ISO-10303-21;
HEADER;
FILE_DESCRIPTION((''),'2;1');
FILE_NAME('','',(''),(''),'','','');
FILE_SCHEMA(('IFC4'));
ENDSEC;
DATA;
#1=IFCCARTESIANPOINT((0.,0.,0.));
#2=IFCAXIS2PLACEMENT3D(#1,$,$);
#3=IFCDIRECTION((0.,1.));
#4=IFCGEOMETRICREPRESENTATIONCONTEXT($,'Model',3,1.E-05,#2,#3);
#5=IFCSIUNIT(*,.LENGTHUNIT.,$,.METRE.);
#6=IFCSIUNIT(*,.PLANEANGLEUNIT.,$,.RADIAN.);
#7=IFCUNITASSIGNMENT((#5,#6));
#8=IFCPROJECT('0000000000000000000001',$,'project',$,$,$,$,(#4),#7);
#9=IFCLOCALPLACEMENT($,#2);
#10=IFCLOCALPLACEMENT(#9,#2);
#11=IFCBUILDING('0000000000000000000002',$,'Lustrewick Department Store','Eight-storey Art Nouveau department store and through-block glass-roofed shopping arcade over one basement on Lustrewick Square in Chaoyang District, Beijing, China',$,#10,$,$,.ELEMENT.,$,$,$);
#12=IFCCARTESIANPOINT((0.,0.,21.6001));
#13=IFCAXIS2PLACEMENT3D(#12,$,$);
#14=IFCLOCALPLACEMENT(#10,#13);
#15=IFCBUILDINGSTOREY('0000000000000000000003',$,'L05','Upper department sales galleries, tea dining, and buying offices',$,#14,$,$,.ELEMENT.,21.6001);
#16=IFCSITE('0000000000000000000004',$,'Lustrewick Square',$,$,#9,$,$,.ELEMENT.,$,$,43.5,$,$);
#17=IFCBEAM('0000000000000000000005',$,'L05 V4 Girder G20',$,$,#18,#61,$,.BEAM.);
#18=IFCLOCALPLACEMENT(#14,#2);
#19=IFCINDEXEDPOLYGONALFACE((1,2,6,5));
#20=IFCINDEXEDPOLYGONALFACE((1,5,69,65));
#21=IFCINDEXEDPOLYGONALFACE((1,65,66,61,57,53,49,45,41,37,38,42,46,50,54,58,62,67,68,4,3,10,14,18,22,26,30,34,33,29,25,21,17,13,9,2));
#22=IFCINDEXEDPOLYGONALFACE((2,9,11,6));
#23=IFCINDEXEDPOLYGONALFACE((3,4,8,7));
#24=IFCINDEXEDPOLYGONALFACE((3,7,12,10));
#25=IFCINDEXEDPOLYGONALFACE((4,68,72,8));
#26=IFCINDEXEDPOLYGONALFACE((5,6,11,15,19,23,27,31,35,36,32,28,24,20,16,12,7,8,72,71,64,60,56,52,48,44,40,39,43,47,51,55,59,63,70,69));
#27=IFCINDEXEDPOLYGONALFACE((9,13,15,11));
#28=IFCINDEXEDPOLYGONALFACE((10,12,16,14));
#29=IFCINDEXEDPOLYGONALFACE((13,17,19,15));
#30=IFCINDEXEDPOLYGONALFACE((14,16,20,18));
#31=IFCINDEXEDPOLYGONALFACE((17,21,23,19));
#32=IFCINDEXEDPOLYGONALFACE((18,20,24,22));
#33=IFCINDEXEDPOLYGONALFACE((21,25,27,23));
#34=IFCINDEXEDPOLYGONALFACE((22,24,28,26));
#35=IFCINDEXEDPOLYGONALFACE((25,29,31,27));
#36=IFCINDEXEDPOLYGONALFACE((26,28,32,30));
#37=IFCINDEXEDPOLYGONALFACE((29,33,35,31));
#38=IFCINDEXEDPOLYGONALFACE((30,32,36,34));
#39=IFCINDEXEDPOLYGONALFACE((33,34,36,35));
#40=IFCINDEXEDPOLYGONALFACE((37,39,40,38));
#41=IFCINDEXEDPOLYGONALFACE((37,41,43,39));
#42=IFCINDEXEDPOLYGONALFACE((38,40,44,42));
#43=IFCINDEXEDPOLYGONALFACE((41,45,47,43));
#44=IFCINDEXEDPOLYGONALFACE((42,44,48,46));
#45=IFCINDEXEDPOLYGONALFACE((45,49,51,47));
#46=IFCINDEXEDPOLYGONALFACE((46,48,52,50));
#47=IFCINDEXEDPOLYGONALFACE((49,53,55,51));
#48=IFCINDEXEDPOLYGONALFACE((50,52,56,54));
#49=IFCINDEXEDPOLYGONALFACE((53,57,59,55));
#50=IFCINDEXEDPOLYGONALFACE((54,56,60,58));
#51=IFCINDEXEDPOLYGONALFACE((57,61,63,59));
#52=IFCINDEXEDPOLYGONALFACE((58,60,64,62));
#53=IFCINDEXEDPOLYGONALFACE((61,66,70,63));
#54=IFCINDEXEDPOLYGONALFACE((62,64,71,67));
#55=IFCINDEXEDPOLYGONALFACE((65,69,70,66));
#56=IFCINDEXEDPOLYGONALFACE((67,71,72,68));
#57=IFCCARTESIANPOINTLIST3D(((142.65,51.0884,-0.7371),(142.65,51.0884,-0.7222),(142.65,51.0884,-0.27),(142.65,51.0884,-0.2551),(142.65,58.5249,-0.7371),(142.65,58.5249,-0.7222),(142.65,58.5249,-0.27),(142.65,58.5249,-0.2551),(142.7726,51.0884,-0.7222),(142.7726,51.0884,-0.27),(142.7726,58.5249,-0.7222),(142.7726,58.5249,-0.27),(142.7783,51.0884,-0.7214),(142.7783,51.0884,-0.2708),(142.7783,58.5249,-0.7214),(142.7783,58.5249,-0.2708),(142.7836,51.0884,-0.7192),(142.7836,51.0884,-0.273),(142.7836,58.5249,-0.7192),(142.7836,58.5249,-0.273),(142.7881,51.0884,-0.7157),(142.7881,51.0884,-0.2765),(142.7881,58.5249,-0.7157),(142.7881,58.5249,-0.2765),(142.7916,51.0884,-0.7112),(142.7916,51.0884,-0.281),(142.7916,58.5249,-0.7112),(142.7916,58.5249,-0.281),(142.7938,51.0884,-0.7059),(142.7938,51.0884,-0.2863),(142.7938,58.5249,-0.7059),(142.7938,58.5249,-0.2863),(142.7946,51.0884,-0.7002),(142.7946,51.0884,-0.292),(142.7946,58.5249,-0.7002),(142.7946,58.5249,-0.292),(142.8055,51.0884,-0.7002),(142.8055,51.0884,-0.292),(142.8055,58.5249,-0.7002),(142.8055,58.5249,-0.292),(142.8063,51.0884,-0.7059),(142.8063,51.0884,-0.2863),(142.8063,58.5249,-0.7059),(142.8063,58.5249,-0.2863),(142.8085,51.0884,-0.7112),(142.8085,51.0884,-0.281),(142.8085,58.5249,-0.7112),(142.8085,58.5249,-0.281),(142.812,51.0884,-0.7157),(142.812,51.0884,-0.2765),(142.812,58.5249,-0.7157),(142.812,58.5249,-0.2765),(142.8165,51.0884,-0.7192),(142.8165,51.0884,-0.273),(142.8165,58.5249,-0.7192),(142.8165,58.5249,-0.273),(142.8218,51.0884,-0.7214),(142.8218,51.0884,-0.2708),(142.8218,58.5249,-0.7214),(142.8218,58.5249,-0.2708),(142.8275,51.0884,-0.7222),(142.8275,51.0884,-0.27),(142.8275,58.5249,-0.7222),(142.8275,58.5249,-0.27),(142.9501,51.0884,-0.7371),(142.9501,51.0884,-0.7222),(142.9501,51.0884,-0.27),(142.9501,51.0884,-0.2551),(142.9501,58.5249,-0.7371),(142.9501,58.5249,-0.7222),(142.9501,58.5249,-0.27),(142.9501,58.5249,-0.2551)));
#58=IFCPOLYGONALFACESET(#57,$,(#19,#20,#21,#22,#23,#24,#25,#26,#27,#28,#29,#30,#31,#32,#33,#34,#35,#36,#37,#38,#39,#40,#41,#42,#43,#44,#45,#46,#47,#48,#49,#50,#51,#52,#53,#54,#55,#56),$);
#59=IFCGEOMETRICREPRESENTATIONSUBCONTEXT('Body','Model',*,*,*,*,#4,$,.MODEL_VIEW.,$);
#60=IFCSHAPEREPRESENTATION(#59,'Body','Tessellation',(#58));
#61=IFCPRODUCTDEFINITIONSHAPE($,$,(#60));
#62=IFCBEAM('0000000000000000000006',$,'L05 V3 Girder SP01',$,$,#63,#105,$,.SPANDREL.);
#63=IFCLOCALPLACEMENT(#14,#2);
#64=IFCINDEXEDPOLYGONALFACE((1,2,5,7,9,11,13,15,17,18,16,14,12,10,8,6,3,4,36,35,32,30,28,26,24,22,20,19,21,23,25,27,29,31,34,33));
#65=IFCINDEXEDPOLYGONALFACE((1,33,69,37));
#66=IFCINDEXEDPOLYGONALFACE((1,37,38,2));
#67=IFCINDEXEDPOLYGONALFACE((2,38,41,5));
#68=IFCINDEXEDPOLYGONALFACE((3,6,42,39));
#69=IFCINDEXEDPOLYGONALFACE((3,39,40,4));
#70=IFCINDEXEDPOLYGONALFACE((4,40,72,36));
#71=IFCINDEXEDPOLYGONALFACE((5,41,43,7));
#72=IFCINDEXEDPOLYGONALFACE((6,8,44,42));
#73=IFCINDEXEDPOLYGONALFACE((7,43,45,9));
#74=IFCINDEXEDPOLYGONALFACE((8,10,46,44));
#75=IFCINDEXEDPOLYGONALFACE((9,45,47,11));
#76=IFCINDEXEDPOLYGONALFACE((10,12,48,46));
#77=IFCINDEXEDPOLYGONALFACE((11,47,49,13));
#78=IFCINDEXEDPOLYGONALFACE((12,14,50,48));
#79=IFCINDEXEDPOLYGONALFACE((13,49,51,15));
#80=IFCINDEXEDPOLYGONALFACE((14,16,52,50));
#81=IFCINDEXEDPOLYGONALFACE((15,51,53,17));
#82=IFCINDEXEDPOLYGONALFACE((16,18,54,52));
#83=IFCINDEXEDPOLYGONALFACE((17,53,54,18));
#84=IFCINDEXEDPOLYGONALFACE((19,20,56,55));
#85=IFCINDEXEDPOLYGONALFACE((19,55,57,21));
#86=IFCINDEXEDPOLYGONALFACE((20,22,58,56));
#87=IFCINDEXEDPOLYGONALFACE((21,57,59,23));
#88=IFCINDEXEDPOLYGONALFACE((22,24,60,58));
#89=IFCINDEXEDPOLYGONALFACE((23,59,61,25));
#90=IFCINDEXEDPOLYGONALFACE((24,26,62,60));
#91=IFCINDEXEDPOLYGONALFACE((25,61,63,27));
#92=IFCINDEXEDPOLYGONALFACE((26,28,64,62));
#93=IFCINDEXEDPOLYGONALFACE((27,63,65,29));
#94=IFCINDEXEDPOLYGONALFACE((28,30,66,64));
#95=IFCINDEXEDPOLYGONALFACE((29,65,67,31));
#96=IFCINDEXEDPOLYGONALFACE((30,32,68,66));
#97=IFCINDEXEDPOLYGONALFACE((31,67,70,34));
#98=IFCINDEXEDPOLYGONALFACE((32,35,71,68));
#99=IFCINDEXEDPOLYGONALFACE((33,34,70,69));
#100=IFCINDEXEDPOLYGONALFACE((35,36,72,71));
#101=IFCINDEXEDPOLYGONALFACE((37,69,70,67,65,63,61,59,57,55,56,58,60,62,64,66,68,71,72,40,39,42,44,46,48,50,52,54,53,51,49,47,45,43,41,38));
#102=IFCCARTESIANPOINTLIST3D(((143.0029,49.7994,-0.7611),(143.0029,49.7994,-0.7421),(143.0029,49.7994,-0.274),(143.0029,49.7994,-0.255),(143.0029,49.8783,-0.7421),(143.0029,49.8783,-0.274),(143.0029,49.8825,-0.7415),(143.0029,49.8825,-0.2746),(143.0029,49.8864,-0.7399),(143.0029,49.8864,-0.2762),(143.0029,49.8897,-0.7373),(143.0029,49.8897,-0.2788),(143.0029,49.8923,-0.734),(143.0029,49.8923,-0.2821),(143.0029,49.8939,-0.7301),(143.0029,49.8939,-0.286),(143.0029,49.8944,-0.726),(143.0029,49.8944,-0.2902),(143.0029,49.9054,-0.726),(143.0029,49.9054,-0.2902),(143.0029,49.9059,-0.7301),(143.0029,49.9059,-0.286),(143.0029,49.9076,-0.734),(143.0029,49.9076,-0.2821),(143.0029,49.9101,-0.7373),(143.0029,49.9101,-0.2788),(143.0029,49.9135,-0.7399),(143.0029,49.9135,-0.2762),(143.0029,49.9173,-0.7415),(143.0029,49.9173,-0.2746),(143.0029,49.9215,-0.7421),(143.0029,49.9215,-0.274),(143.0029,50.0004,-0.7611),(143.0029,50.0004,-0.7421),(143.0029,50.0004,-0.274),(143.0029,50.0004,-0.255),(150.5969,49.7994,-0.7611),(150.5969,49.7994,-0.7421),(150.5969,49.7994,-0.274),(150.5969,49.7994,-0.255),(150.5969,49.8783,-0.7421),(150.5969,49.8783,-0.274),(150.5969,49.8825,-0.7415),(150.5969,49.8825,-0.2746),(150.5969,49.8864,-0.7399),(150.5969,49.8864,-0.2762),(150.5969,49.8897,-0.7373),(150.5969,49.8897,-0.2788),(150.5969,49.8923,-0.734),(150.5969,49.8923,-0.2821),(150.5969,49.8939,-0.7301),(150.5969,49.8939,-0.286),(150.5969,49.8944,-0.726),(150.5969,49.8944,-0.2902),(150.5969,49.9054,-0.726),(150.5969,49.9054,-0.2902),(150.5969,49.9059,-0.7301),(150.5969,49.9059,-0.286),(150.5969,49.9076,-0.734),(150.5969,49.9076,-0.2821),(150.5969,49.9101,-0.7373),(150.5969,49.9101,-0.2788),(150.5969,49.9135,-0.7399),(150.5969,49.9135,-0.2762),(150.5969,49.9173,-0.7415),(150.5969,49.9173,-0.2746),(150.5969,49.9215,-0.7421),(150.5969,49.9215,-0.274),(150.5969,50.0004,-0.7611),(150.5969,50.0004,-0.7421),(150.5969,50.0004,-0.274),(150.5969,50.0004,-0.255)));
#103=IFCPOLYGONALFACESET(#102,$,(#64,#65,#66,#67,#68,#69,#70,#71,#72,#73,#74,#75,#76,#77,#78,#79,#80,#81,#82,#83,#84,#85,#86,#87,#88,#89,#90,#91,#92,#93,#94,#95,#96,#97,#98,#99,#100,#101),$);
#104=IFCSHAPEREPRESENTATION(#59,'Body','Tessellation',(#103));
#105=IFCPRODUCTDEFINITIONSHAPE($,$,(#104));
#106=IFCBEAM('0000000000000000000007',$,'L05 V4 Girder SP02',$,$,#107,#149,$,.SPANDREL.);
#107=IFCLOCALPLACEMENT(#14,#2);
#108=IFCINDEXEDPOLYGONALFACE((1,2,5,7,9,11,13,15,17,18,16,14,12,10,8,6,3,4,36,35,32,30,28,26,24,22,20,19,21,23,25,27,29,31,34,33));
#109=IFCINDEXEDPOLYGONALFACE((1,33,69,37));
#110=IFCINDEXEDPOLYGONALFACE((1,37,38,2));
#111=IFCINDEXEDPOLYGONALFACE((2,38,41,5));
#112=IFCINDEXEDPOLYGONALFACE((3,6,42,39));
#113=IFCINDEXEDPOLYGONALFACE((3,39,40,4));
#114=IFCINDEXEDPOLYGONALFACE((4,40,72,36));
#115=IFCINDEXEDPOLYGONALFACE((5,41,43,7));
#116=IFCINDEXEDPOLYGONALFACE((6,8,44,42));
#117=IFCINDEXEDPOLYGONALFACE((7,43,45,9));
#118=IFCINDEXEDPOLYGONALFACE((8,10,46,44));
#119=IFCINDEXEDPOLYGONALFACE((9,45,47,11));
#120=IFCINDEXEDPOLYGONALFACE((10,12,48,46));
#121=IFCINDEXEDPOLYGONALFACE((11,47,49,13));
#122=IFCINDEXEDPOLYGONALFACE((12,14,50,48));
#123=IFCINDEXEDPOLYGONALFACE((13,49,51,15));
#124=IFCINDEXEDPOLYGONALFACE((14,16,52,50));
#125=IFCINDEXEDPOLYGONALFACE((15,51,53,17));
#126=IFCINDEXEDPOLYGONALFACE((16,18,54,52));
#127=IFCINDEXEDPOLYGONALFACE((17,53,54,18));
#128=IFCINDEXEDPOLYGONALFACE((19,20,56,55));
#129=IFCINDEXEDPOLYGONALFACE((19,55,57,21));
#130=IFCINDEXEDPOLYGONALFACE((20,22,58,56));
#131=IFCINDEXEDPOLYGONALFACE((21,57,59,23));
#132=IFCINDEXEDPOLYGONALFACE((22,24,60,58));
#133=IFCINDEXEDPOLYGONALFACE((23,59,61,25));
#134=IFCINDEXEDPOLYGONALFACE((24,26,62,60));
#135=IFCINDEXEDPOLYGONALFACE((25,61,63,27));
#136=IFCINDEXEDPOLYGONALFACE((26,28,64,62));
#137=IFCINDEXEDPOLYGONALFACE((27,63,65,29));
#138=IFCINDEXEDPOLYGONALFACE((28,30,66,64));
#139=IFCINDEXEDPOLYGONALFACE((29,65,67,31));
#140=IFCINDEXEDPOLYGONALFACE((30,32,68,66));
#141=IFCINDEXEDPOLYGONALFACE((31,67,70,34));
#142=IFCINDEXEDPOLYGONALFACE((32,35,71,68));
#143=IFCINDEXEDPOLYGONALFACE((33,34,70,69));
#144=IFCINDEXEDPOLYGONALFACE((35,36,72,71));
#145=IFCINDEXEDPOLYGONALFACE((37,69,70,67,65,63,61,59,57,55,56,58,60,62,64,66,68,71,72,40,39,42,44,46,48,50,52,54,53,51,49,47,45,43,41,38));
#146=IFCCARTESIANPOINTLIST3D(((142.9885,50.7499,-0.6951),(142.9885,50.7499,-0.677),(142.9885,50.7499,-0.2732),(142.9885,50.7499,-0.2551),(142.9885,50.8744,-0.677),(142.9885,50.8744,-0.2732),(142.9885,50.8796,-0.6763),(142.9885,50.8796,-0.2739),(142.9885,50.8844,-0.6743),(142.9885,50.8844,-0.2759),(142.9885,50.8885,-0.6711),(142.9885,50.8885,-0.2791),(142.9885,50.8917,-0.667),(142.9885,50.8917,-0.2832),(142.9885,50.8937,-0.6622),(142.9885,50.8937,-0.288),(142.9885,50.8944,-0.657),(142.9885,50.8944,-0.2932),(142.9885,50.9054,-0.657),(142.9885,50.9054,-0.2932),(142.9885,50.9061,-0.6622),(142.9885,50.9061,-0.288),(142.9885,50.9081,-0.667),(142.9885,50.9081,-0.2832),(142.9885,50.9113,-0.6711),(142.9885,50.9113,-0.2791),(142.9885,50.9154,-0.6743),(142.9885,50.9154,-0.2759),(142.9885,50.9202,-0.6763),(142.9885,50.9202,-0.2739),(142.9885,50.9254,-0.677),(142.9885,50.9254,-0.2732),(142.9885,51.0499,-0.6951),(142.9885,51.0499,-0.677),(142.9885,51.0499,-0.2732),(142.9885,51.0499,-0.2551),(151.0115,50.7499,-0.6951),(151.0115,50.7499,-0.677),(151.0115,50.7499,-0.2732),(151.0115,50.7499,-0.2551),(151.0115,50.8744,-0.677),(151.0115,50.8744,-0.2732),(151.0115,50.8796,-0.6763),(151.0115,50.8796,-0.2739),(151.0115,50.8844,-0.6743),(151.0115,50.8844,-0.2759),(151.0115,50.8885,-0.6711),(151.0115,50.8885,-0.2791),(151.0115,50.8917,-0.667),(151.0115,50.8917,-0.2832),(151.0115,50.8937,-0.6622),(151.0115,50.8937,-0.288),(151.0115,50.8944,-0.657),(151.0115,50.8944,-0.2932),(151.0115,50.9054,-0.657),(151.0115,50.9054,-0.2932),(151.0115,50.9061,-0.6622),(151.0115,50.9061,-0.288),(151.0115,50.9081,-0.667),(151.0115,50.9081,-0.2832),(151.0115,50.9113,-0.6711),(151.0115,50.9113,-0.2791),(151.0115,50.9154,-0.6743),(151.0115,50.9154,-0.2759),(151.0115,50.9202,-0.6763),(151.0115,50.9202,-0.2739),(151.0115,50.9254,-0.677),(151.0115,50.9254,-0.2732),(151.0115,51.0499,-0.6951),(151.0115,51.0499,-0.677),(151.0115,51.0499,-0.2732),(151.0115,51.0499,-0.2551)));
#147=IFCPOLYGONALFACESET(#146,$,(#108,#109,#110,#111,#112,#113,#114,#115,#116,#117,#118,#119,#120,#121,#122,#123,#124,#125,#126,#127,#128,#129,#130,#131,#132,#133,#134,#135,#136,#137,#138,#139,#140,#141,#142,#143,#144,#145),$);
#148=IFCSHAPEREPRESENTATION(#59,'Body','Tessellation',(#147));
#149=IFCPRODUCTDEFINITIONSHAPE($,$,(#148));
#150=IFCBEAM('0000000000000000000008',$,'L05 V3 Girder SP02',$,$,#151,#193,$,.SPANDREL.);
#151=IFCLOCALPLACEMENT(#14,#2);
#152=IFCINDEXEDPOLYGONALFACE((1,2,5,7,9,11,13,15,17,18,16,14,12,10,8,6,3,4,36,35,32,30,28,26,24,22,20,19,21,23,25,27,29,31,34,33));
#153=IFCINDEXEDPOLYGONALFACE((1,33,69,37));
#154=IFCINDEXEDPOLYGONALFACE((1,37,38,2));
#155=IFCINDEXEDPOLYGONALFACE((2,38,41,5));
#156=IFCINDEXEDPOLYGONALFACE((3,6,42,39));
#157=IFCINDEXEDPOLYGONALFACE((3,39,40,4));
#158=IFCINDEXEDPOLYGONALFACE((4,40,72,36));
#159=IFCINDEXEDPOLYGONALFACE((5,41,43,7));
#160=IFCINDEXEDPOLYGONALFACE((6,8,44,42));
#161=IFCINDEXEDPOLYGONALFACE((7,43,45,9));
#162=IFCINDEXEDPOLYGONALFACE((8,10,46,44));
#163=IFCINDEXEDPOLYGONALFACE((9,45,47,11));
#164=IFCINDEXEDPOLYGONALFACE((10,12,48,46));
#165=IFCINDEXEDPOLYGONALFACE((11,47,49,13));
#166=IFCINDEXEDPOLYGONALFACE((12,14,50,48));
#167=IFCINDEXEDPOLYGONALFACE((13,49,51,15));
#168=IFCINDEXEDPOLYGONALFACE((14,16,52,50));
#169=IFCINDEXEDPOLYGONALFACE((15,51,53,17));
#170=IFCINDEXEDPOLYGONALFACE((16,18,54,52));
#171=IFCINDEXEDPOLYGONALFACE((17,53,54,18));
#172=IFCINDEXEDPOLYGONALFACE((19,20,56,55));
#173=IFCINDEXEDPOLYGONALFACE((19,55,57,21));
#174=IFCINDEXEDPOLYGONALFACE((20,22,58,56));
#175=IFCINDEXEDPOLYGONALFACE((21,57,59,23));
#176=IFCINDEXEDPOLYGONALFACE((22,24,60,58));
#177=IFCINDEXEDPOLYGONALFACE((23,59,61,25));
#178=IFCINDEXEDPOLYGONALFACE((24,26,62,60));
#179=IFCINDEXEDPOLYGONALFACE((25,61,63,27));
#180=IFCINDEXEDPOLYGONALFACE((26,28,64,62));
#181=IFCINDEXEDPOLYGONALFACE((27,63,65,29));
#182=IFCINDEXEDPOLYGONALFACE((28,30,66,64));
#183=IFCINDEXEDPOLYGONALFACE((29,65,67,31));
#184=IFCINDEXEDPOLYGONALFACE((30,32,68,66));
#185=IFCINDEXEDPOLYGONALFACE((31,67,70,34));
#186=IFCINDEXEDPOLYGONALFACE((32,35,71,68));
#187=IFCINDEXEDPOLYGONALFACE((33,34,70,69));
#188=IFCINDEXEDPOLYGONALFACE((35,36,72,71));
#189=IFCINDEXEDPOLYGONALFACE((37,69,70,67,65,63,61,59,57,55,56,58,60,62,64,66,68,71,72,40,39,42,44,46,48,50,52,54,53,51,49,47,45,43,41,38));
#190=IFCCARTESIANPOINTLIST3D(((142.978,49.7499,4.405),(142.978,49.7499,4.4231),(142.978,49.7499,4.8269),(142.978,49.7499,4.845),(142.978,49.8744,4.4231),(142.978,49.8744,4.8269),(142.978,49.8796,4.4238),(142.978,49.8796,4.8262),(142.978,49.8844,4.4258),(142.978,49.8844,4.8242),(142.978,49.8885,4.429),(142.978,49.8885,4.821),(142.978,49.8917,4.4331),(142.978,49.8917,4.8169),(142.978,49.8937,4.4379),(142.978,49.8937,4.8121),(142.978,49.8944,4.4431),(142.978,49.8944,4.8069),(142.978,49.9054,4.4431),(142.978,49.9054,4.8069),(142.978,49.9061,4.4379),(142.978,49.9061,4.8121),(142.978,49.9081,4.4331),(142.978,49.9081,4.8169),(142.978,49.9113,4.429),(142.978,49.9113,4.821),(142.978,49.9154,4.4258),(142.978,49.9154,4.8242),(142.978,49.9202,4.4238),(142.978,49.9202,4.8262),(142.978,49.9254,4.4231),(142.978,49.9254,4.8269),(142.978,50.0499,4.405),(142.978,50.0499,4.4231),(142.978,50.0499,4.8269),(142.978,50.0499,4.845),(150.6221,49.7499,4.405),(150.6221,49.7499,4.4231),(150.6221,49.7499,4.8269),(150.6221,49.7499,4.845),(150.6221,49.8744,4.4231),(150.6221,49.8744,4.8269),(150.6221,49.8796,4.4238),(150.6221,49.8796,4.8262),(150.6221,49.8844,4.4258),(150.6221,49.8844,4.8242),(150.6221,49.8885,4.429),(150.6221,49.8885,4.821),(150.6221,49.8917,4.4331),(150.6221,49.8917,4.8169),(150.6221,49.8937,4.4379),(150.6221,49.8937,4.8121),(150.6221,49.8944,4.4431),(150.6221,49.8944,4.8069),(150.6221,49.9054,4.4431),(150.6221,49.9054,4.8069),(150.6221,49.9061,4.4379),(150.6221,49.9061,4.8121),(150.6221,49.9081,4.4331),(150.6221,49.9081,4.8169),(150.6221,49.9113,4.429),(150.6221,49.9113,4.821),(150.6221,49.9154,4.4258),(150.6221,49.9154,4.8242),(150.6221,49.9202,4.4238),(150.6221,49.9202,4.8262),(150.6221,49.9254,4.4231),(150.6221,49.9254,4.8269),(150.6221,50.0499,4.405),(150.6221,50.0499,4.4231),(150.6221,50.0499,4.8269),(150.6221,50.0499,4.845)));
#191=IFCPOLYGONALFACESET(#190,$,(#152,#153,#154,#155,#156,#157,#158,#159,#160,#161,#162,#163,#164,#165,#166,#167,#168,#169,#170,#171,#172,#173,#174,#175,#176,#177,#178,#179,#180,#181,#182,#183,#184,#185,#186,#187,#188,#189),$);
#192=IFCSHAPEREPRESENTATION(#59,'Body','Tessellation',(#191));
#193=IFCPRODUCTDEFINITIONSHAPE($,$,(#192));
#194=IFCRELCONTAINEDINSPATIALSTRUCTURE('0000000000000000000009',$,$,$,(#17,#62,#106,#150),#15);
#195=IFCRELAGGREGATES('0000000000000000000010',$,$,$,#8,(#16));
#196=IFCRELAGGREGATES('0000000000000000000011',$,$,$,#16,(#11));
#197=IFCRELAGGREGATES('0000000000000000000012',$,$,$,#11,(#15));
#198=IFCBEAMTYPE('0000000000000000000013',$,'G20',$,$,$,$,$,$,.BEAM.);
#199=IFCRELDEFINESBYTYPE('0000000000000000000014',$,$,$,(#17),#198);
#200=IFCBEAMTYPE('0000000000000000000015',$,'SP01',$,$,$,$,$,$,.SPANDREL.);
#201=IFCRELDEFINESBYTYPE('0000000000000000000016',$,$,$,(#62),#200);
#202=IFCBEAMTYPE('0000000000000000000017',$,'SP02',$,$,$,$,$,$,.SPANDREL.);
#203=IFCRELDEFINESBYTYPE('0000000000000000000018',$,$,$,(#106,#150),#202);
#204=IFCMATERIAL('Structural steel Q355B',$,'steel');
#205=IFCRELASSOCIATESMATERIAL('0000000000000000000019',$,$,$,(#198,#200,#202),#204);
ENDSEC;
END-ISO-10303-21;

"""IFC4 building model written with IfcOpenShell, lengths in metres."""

from ifc_helpers import new_model, si_unit, direction, frame, origin, origin_2d, place, context, subcontext, project, spatial, i_section, extrude, material, material_profile, profile_set, type_object, element, save


model = new_model("IFC4")

# Units and contexts
model_context = context("Model", 3, precision=1e-05, world=origin(), true_north=direction((0.0, 1.0)))
body_context = subcontext(model_context, "Body", "Model", "MODEL_VIEW")
ifc_project = project(units=[si_unit("LENGTHUNIT", "METRE"), si_unit("PLANEANGLEUNIT", "RADIAN")], contexts=[model_context])

# Site, building, storey
site_placement = place(None, origin())
site = spatial("IfcSite", under=ifc_project, at=site_placement, Name="Lustrewick Square", CompositionType="ELEMENT", RefElevation=43.5)
building_placement = place(site_placement, origin())
building = spatial("IfcBuilding", under=site, at=building_placement, Name="Lustrewick Department Store", Description="Eight-storey Art Nouveau department store and through-block glass-roofed shopping arcade over one basement on Lustrewick Square in Chaoyang District, Beijing, China", CompositionType="ELEMENT")
storey_placement = place(building_placement, frame((0.0, 0.0, 21.6001)))
storey = spatial("IfcBuildingStorey", under=building, at=storey_placement, Name="L05", Description="Upper department sales galleries, tea dining, and buying offices", CompositionType="ELEMENT", Elevation=21.6001)

# Shared definitions
ifc_material_1 = material(Name="Structural steel Q355B", Category="steel")

# Beams
ifc_material_profile_1 = material_profile(ifc_material_1, i_section(OverallWidth=0.3, OverallDepth=0.4819, WebThickness=0.011, FlangeThickness=0.0149, FilletRadius=0.022, at=origin_2d()), Name="HM 482x300x11x15")
ifc_profile_set_1 = profile_set([ifc_material_profile_1], Name="Structural steel Q355B")
beam_type_1 = type_object("IfcBeamType", Name="G20", PredefinedType="BEAM", material=ifc_profile_set_1)
beam_1_placement = place(storey_placement, frame((142.8, 51.0884, -0.4961), z_axis=(0.0, 1.0, 0.0), x_axis=(-1.0, 0.0, 0.0)))
element("IfcBeam", 1, at=beam_1_placement, inside=storey, type_object=beam_type_1, Name="L05 V4 Girder G20", PredefinedType="BEAM", context=body_context, shape_type="SweptSolid", body=[
    extrude(i_section(OverallWidth=0.3, OverallDepth=0.4819, WebThickness=0.011, FlangeThickness=0.0149, FilletRadius=0.022, at=origin_2d()), origin(), (0.0, 0.0, 1.0), 7.4365),
])
ifc_material_profile_2 = material_profile(ifc_material_1, i_section(OverallWidth=0.2009, OverallDepth=0.5061, WebThickness=0.011, FlangeThickness=0.019, FilletRadius=0.0161, at=origin_2d()), Name="HN 506x201x11x19")
ifc_profile_set_2 = profile_set([ifc_material_profile_2], Name="Structural steel Q355B")
beam_type_2 = type_object("IfcBeamType", Name="SP01", PredefinedType="SPANDREL", material=ifc_profile_set_2)
beam_2_placement = place(storey_placement, frame((143.0029, 49.8999, -0.5081), z_axis=(1.0, 0.0, 0.0), x_axis=(0.0, 1.0, 0.0)))
element("IfcBeam", 2, at=beam_2_placement, inside=storey, type_object=beam_type_2, Name="L05 V3 Girder SP01", PredefinedType="SPANDREL", context=body_context, shape_type="SweptSolid", body=[
    extrude(i_section(OverallWidth=0.2009, OverallDepth=0.5061, WebThickness=0.011, FlangeThickness=0.019, FilletRadius=0.0161, at=origin_2d()), origin(), (0.0, 0.0, 1.0), 7.594),
])
ifc_material_profile_3 = material_profile(ifc_material_1, i_section(OverallWidth=0.3, OverallDepth=0.4399, WebThickness=0.011, FlangeThickness=0.0181, FilletRadius=0.02, at=origin_2d()), Name="HM 440x300x11x18")
ifc_profile_set_3 = profile_set([ifc_material_profile_3], Name="Structural steel Q355B")
beam_type_3 = type_object("IfcBeamType", Name="SP02", PredefinedType="SPANDREL", material=ifc_profile_set_3)
beam_3_placement = place(storey_placement, frame((142.9885, 50.8999, -0.4751), z_axis=(1.0, 0.0, 0.0), x_axis=(0.0, 1.0, 0.0)))
element("IfcBeam", 3, at=beam_3_placement, inside=storey, type_object=beam_type_3, Name="L05 V4 Girder SP02", PredefinedType="SPANDREL", context=body_context, shape_type="SweptSolid", body=[
    extrude(i_section(OverallWidth=0.3, OverallDepth=0.4399, WebThickness=0.011, FlangeThickness=0.0181, FilletRadius=0.02, at=origin_2d()), origin(), (0.0, 0.0, 1.0), 8.0229),
])
beam_4_placement = place(storey_placement, frame((142.978, 49.8999, 4.625), z_axis=(1.0, 0.0, 0.0), x_axis=(0.0, 1.0, 0.0)))
element("IfcBeam", 4, at=beam_4_placement, inside=storey, type_object=beam_type_3, Name="L05 V3 Girder SP02", PredefinedType="SPANDREL", context=body_context, shape_type="SweptSolid", body=[
    extrude(i_section(OverallWidth=0.3, OverallDepth=0.4399, WebThickness=0.011, FlangeThickness=0.0181, FilletRadius=0.02, at=origin_2d()), origin(), (0.0, 0.0, 1.0), 7.644),
])

save(model, "model.ifc")
